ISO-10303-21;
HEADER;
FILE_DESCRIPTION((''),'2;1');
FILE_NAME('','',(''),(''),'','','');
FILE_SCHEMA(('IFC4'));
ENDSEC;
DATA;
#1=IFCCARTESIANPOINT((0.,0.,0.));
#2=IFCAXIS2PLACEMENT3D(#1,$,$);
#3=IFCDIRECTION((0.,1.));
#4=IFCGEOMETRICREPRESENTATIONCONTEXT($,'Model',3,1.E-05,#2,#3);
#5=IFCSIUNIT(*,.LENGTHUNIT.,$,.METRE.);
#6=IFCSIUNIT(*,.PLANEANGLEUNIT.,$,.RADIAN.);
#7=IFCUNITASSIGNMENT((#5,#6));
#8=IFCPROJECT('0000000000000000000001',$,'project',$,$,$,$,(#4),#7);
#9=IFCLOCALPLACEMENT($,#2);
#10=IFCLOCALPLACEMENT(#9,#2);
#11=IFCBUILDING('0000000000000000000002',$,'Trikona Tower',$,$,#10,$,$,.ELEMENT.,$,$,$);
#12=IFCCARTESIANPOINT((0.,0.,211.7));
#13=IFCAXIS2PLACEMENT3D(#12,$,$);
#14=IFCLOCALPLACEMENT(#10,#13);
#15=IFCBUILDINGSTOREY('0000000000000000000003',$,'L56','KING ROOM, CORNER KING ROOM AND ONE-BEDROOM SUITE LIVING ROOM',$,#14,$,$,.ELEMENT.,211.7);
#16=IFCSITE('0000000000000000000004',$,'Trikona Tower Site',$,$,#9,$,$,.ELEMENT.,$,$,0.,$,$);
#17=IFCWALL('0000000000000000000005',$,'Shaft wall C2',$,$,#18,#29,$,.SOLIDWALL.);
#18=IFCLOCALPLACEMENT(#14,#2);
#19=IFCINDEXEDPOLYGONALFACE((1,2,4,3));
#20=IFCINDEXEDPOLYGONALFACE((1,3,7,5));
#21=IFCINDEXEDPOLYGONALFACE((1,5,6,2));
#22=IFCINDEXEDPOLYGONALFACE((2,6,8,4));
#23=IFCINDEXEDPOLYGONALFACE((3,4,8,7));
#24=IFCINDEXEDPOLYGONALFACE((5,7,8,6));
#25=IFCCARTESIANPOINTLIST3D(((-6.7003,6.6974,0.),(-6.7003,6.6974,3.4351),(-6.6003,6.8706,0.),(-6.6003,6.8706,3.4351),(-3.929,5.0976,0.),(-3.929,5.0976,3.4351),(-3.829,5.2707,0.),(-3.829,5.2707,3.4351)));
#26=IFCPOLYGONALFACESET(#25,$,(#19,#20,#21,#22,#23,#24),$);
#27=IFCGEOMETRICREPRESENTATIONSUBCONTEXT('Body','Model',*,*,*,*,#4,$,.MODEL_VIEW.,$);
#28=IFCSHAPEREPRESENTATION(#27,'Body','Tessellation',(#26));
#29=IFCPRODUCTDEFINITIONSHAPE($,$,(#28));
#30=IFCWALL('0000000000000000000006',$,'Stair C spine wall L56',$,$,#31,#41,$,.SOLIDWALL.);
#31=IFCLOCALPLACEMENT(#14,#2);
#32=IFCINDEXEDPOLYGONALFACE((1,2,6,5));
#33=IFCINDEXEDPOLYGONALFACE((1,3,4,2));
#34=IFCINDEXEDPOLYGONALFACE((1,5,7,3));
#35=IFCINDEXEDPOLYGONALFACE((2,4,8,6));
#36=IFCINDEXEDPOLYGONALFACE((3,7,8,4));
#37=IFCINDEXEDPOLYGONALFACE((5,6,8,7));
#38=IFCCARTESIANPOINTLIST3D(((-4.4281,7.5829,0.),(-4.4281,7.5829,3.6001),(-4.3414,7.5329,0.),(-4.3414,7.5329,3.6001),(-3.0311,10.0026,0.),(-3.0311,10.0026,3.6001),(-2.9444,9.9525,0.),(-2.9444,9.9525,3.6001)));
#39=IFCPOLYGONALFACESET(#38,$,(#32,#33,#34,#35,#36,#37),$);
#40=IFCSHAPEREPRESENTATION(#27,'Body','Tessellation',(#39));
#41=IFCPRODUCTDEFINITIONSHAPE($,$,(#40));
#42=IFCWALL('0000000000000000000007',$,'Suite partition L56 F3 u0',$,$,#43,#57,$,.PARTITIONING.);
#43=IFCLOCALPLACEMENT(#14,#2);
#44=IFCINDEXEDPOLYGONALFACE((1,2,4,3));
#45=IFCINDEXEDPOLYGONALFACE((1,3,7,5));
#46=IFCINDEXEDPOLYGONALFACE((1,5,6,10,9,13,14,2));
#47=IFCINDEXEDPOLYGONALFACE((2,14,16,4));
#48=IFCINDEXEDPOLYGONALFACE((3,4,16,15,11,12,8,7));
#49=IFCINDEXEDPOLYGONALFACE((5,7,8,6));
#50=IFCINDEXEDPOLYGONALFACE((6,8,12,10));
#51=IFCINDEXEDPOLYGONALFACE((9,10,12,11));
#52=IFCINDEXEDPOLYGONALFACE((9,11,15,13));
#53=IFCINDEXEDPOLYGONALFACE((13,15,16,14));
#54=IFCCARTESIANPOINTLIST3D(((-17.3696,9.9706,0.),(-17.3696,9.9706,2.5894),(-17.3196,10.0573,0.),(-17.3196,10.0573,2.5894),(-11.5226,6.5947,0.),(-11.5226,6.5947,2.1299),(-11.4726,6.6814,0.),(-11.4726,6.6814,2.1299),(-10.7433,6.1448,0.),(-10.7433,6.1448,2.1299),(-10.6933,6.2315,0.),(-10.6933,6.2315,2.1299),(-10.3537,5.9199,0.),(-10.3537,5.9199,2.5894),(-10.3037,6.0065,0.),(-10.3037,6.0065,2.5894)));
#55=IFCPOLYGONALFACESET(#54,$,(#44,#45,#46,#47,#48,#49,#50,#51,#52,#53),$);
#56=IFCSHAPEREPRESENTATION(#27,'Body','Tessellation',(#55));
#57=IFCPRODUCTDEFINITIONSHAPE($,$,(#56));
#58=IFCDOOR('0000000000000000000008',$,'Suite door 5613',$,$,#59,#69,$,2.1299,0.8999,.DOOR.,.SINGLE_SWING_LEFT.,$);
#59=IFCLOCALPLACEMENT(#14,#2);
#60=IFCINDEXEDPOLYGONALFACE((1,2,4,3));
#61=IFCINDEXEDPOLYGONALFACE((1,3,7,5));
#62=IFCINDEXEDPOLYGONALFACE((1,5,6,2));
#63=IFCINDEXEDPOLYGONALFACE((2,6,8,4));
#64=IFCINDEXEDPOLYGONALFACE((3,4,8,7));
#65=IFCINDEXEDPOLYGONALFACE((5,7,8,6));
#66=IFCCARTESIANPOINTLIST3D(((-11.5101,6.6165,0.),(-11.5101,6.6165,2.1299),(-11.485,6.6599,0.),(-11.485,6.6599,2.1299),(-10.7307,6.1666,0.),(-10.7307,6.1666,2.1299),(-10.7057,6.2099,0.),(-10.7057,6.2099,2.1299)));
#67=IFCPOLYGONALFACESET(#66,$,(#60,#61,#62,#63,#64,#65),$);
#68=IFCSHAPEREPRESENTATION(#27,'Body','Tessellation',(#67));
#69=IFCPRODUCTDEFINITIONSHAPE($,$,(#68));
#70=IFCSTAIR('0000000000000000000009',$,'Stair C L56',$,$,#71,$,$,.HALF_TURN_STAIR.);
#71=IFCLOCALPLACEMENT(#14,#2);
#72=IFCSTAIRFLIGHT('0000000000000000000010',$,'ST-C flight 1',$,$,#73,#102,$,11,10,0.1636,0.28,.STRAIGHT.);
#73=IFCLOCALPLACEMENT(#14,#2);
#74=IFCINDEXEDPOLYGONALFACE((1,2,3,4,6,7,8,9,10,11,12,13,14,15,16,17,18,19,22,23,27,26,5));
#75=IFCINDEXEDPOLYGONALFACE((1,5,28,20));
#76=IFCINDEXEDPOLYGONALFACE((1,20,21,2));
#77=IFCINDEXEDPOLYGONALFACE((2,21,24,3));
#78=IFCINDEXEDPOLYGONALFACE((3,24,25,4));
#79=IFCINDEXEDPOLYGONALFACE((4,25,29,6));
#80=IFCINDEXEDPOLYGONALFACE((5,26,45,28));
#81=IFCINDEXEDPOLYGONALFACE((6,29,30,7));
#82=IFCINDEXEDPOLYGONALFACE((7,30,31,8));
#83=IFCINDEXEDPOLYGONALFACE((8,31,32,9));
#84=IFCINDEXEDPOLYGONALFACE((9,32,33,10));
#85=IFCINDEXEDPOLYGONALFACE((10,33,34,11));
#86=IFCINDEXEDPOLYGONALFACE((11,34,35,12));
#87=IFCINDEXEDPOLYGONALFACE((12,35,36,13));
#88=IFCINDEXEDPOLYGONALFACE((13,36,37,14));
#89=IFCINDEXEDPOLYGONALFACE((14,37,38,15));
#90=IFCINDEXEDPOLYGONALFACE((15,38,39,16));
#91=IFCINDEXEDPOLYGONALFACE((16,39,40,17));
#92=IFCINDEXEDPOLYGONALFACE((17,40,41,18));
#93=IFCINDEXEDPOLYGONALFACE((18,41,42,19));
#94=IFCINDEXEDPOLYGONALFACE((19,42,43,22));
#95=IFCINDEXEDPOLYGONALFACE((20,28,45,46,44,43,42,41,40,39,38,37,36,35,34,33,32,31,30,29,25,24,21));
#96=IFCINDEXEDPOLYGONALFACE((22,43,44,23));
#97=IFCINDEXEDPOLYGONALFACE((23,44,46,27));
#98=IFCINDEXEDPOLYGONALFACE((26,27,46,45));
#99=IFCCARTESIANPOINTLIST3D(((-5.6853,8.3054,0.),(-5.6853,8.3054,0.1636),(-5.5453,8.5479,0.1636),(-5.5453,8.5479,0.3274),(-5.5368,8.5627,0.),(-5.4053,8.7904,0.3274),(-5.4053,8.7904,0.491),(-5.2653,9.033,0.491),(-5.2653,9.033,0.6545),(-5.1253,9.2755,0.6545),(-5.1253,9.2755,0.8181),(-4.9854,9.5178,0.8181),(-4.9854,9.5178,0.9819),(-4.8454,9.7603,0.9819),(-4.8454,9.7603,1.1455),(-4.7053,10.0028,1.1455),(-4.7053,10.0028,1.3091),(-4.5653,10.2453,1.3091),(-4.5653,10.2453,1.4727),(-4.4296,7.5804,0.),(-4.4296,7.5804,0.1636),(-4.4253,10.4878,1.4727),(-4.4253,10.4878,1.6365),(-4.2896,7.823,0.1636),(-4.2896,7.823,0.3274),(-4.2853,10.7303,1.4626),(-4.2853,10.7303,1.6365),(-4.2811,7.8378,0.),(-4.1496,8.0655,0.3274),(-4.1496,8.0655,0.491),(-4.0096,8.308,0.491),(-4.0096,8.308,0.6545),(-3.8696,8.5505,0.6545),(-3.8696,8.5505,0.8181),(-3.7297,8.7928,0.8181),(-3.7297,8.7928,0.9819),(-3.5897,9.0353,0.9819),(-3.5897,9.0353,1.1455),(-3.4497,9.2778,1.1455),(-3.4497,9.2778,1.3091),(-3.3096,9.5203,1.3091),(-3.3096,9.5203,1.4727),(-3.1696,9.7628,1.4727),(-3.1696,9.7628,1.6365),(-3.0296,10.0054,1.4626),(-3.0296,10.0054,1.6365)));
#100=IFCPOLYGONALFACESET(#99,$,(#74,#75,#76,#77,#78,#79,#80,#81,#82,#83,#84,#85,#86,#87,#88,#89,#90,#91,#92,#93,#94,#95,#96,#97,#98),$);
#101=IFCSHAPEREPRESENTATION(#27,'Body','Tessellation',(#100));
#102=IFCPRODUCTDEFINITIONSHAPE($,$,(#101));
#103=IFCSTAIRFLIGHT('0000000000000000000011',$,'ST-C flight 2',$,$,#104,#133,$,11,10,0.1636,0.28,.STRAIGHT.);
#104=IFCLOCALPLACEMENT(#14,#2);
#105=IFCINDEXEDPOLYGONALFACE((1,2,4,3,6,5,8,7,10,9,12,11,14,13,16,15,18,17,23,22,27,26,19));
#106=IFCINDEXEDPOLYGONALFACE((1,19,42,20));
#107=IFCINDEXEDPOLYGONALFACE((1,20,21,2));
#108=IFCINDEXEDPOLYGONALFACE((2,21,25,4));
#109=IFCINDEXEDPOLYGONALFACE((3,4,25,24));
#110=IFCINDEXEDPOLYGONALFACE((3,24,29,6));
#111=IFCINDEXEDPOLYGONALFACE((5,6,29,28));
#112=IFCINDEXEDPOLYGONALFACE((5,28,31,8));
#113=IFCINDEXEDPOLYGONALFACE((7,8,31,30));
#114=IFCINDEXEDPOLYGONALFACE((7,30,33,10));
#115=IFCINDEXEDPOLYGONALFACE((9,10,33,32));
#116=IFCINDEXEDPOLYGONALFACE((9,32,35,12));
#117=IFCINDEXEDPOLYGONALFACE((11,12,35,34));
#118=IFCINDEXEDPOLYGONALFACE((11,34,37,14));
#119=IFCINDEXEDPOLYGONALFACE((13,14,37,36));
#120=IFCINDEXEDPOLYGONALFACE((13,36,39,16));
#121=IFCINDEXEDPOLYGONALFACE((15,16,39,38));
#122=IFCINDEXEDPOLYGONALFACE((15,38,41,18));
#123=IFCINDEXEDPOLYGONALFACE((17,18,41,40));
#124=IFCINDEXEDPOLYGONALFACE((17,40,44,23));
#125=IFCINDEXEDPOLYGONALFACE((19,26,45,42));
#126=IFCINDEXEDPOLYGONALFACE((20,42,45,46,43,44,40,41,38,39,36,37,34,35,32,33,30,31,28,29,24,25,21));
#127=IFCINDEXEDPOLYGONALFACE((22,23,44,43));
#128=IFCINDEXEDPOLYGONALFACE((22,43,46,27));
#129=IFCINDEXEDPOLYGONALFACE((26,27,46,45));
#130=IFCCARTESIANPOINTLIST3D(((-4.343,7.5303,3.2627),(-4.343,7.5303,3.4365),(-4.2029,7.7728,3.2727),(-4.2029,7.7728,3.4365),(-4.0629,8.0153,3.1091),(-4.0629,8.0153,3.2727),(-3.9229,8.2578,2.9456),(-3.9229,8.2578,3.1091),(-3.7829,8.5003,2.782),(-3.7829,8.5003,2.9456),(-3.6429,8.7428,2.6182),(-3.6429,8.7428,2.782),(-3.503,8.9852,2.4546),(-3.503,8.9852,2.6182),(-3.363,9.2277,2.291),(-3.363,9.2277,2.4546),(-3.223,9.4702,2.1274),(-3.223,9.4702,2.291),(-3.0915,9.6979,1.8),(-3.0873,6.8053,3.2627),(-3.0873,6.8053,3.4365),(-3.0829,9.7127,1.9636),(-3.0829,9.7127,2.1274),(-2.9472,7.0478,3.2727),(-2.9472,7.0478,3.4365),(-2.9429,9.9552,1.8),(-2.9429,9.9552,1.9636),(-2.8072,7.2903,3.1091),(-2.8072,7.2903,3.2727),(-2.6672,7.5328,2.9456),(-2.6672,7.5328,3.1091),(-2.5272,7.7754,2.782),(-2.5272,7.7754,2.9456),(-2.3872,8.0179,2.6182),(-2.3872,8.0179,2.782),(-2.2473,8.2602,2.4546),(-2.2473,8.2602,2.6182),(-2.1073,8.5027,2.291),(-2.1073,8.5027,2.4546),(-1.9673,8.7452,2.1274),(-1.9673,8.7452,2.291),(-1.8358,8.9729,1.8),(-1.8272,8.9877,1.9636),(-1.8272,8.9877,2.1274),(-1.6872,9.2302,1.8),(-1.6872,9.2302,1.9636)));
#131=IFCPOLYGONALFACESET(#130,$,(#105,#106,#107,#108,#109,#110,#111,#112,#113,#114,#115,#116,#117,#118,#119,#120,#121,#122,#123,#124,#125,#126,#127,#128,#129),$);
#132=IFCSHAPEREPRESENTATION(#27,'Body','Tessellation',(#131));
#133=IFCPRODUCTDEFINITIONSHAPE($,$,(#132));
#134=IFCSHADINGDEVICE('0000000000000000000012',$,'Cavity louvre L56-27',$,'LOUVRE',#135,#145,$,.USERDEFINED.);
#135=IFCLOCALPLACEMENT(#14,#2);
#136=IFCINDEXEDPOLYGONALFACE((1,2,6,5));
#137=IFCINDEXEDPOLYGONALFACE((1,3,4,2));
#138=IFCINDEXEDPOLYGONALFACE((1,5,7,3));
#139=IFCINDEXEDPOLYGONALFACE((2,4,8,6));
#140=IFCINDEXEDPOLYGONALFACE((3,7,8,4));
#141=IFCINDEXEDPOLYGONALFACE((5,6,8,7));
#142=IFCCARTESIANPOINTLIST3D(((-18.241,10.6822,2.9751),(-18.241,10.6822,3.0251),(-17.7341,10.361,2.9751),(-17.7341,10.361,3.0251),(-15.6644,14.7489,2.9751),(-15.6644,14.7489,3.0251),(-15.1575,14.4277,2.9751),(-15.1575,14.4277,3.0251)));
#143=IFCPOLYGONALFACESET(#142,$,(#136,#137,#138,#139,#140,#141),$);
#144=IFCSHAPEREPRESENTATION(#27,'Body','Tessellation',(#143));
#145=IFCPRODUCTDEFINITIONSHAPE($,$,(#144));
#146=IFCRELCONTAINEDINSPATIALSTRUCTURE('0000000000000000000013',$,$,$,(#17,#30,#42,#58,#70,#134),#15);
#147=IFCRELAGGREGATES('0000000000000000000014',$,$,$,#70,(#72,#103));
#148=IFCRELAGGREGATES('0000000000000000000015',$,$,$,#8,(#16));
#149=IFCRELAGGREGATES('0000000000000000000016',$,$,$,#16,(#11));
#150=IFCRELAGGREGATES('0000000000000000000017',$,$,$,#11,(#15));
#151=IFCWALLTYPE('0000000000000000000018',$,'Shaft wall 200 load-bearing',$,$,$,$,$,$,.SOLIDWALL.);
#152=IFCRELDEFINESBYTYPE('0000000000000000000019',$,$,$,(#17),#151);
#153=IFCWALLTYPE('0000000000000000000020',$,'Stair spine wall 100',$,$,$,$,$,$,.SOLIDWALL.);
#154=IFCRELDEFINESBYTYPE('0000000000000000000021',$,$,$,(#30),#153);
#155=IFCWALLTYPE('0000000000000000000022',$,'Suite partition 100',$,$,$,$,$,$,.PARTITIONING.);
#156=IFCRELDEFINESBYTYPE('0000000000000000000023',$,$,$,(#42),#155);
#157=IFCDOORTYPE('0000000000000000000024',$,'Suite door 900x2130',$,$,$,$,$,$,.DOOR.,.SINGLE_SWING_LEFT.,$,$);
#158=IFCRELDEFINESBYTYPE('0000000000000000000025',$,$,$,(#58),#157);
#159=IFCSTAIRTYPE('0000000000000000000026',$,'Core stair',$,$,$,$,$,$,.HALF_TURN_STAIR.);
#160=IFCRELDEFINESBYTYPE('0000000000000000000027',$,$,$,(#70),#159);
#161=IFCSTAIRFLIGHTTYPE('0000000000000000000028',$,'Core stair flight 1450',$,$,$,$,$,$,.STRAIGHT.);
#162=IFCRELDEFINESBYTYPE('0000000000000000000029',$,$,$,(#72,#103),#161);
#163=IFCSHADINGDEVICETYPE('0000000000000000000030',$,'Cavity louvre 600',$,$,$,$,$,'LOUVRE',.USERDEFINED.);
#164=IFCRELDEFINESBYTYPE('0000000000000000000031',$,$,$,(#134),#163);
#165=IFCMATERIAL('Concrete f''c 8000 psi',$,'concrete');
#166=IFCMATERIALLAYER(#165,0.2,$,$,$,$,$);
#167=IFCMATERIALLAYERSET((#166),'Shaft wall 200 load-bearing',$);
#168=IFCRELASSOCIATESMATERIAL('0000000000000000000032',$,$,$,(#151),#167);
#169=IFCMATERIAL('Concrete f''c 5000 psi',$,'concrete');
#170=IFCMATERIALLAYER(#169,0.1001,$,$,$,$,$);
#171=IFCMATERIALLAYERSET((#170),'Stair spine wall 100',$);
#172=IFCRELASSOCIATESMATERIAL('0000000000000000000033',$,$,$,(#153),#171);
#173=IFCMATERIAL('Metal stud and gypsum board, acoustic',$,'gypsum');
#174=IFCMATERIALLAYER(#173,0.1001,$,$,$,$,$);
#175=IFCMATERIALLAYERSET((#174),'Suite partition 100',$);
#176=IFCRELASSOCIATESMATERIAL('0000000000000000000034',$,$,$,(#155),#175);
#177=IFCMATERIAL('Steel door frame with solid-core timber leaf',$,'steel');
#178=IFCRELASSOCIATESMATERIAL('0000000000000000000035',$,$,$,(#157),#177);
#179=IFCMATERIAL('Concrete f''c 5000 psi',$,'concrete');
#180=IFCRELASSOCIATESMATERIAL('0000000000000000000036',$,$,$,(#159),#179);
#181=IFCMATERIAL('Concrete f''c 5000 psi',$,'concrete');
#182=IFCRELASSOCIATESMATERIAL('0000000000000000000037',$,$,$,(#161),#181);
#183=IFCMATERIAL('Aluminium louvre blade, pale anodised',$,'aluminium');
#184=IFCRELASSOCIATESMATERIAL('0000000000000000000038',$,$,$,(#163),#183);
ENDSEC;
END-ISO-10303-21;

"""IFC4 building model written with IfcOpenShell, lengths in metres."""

from ifc_helpers import new_model, si_unit, direction, frame, frame_2d, origin, origin_2d, place, context, subcontext, project, spatial, polyline, rectangle, outline, extrude, material, layer, layer_set, type_object, element, fill, aggregate, save


model = new_model("IFC4")

# Units and contexts
model_context = context("Model", 3, precision=1e-05, world=origin(), true_north=direction((0.0, 1.0)))
body_context = subcontext(model_context, "Body", "Model", "MODEL_VIEW")
ifc_project = project(units=[si_unit("LENGTHUNIT", "METRE"), si_unit("PLANEANGLEUNIT", "RADIAN")], contexts=[model_context])

# Site, building, storey
site_placement = place(None, origin())
site = spatial("IfcSite", under=ifc_project, at=site_placement, Name="Trikona Tower Site", CompositionType="ELEMENT", RefElevation=0.0)
building_placement = place(site_placement, origin())
building = spatial("IfcBuilding", under=site, at=building_placement, Name="Trikona Tower", CompositionType="ELEMENT")
storey_placement = place(building_placement, frame((0.0, 0.0, 211.7)))
storey = spatial("IfcBuildingStorey", under=building, at=storey_placement, Name="L56", Description="KING ROOM, CORNER KING ROOM AND ONE-BEDROOM SUITE LIVING ROOM", CompositionType="ELEMENT", Elevation=211.7)

# Walls
ifc_material_1 = material(Name="Concrete f'c 8000 psi", Category="concrete")
ifc_layer_1 = layer(ifc_material_1, 0.2)
ifc_layer_set_1 = layer_set([ifc_layer_1], Name="Shaft wall 200 load-bearing")
wall_type_1 = type_object("IfcWallType", Name="Shaft wall 200 load-bearing", PredefinedType="SOLIDWALL", material=ifc_layer_set_1)
for number, where, z_axis, x_axis, name in (
    (1, (-3.8789, 5.1841, 0.0), (0.0, 0.0, 1.0), (-0.866042, 0.499971, 0.0), "Shaft wall C2"),
):
    element("IfcWall", number, at=place(storey_placement, frame(where, z_axis=z_axis, x_axis=x_axis)), inside=storey, type_object=wall_type_1, Name=name, PredefinedType="SOLIDWALL", context=body_context, shape_type="SweptSolid", body=[
        extrude(rectangle(XDim=3.2, YDim=0.2, at=frame_2d((1.6001, 0.0))), origin(), (0.0, 0.0, 1.0), 3.4351),
    ])
ifc_material_2 = material(Name="Concrete f'c 5000 psi", Category="concrete")
ifc_layer_2 = layer(ifc_material_2, 0.1001)
ifc_layer_set_2 = layer_set([ifc_layer_2], Name="Stair spine wall 100")
wall_type_2 = type_object("IfcWallType", Name="Stair spine wall 100", PredefinedType="SOLIDWALL", material=ifc_layer_set_2)
wall_1_placement = place(storey_placement, frame((-2.9878, 9.9775, 0.0), z_axis=(0.0, 0.0, 1.0), x_axis=(-0.499992, -0.86603, 0.0)))
element("IfcWall", 2, at=wall_1_placement, inside=storey, type_object=wall_type_2, Name="Stair C spine wall L56", PredefinedType="SOLIDWALL", context=body_context, shape_type="SweptSolid", body=[
    extrude(rectangle(XDim=2.7939, YDim=0.1001, at=frame_2d((1.397, 0.0))), origin(), (0.0, 0.0, 1.0), 3.6001),
])

# Wall, opening, door
ifc_material_3 = material(Name="Metal stud and gypsum board, acoustic", Category="gypsum")
ifc_layer_3 = layer(ifc_material_3, 0.1001)
ifc_layer_set_3 = layer_set([ifc_layer_3], Name="Suite partition 100")
wall_type_3 = type_object("IfcWallType", Name="Suite partition 100", PredefinedType="PARTITIONING", material=ifc_layer_set_3)
wall_2_placement = place(storey_placement, frame((-10.3286, 5.9631, 0.0), z_axis=(0.0, 0.0, 1.0), x_axis=(-0.866016, 0.500015, 0.0)))
wall_2 = element("IfcWall", 3, at=wall_2_placement, inside=storey, type_object=wall_type_3, Name="Suite partition L56 F3 u0", PredefinedType="PARTITIONING", context=body_context, shape_type="SweptSolid", body=[
    extrude(rectangle(XDim=8.1013, YDim=0.1001, at=frame_2d((4.0508, 0.0))), origin(), (0.0, 0.0, 1.0), 2.5894),
])
opening_1_placement = place(wall_2_placement, frame((0.45, 0.0, 0.0)))
opening_1 = element("IfcOpeningElement", 4, at=opening_1_placement, cuts=wall_2, PredefinedType="OPENING", context=body_context, shape_type="SweptSolid", body=[
    extrude(rectangle(XDim=0.8999, YDim=2.1299, at=frame_2d((0.45, 1.0649))), frame((0.0, 0.0601, 0.0), z_axis=(0.0, -1.0, 0.0), x_axis=(1.0, 0.0, 0.0)), (0.0, 0.0, 1.0), 0.1201),
])
ifc_material_4 = material(Name="Steel door frame with solid-core timber leaf", Category="steel")
door_type_1 = type_object("IfcDoorType", Name="Suite door 900x2130", OperationType="SINGLE_SWING_LEFT", PredefinedType="DOOR", material=ifc_material_4)
door_1_placement = place(opening_1_placement, origin())
door_1 = element("IfcDoor", 5, at=door_1_placement, inside=storey, type_object=door_type_1, Name="Suite door 5613", OperationType="SINGLE_SWING_LEFT", OverallHeight=2.1299, OverallWidth=0.8999, PredefinedType="DOOR", context=body_context, shape_type="SweptSolid", body=[
    extrude(rectangle(XDim=0.8999, YDim=2.1299, at=frame_2d((0.45, 1.0649))), frame((0.0, 0.0249, 0.0), z_axis=(0.0, -1.0, 0.0), x_axis=(1.0, 0.0, 0.0)), (0.0, 0.0, 1.0), 0.05),
])
fill(opening_1, door_1)

# Stair, stair flights
ifc_material_5 = material(Name="Concrete f'c 5000 psi", Category="concrete")
stair_type = type_object("IfcStairType", Name="Core stair", PredefinedType="HALF_TURN_STAIR", material=ifc_material_5)
stair_placement = place(storey_placement, origin())
stair = element("IfcStair", 6, at=stair_placement, inside=storey, type_object=stair_type, Name="Stair C L56", PredefinedType="HALF_TURN_STAIR")
ifc_material_6 = material(Name="Concrete f'c 5000 psi", Category="concrete")
stair_flight_type = type_object("IfcStairFlightType", Name="Core stair flight 1450", PredefinedType="STRAIGHT", material=ifc_material_6)
stair_flight_1_placement = place(storey_placement, frame((-5.0574, 7.9429, 0.0), z_axis=(0.0, 0.0, 1.0), x_axis=(0.5, 0.866025, 0.0)))
stair_flight_1 = element("IfcStairFlight", 7, at=stair_flight_1_placement, type_object=stair_flight_type, Name="ST-C flight 1", NumberOfRisers=11, NumberOfTreads=10, PredefinedType="STRAIGHT", RiserHeight=0.1636, TreadLength=0.28, context=body_context, shape_type="SweptSolid", body=[
    extrude(outline(polyline([(0.0, 0.0), (0.0, 0.1636), (0.28, 0.1636), (0.28, 0.3274), (0.5601, 0.3274), (0.5601, 0.491), (0.8401, 0.491), (0.8401, 0.6545), (1.1201, 0.6545), (1.1201, 0.8181), (1.3999, 0.8181), (1.3999, 0.9819), (1.6799, 0.9819), (1.6799, 1.1455), (1.96, 1.1455), (1.96, 1.3091), (2.24, 1.3091), (2.24, 1.4727), (2.52, 1.4727), (2.52, 1.6365), (2.8, 1.6365), (2.8, 1.8), (2.8, 1.4626), (0.2971, 0.0), (0.0, 0.0)])), frame((0.0, 0.7251, 0.0), z_axis=(0.0, -1.0, 0.0), x_axis=(1.0, 0.0, 0.0)), (0.0, 0.0, 1.0), 1.45),
])
stair_flight_2_placement = place(storey_placement, frame((-2.3152, 9.5928, 1.8), z_axis=(0.0, 0.0, 1.0), x_axis=(-0.5, -0.866025, 0.0)))
stair_flight_2 = element("IfcStairFlight", 8, at=stair_flight_2_placement, type_object=stair_flight_type, Name="ST-C flight 2", NumberOfRisers=11, NumberOfTreads=10, PredefinedType="STRAIGHT", RiserHeight=0.1636, TreadLength=0.28, context=body_context, shape_type="SweptSolid", body=[
    extrude(outline(polyline([(0.0, 0.0), (0.0, 0.1636), (0.28, 0.1636), (0.28, 0.3274), (0.5601, 0.3274), (0.5601, 0.491), (0.8401, 0.491), (0.8401, 0.6545), (1.1201, 0.6545), (1.1201, 0.8181), (1.3999, 0.8181), (1.3999, 0.9819), (1.6799, 0.9819), (1.6799, 1.1455), (1.96, 1.1455), (1.96, 1.3091), (2.24, 1.3091), (2.24, 1.4727), (2.52, 1.4727), (2.52, 1.6365), (2.8, 1.6365), (2.8, 1.8), (2.8, 1.4626), (0.2971, 0.0), (0.0, 0.0)])), frame((0.0, 0.7251, 0.0), z_axis=(0.0, -1.0, 0.0), x_axis=(1.0, 0.0, 0.0)), (0.0, 0.0, 1.0), 1.45),
])
aggregate(stair, [stair_flight_1, stair_flight_2])

# Shading device
ifc_material_7 = material(Name="Aluminium louvre blade, pale anodised", Category="aluminium")
shading_device_type = type_object("IfcShadingDeviceType", Name="Cavity louvre 600", ElementType="LOUVRE", PredefinedType="USERDEFINED", material=ifc_material_7)
shading_device_placement = place(storey_placement, frame((-16.6992, 12.5549, 2.9751), z_axis=(0.0, 0.0, 1.0), x_axis=(-0.535205, -0.844722, 0.0)))
element("IfcShadingDevice", 9, at=shading_device_placement, inside=storey, type_object=shading_device_type, Name="Cavity louvre L56-27", ObjectType="LOUVRE", PredefinedType="USERDEFINED", context=body_context, shape_type="SweptSolid", body=[
    extrude(rectangle(XDim=4.8142, YDim=0.6001, at=origin_2d()), origin(), (0.0, 0.0, 1.0), 0.05),
])

save(model, "model.ifc")
